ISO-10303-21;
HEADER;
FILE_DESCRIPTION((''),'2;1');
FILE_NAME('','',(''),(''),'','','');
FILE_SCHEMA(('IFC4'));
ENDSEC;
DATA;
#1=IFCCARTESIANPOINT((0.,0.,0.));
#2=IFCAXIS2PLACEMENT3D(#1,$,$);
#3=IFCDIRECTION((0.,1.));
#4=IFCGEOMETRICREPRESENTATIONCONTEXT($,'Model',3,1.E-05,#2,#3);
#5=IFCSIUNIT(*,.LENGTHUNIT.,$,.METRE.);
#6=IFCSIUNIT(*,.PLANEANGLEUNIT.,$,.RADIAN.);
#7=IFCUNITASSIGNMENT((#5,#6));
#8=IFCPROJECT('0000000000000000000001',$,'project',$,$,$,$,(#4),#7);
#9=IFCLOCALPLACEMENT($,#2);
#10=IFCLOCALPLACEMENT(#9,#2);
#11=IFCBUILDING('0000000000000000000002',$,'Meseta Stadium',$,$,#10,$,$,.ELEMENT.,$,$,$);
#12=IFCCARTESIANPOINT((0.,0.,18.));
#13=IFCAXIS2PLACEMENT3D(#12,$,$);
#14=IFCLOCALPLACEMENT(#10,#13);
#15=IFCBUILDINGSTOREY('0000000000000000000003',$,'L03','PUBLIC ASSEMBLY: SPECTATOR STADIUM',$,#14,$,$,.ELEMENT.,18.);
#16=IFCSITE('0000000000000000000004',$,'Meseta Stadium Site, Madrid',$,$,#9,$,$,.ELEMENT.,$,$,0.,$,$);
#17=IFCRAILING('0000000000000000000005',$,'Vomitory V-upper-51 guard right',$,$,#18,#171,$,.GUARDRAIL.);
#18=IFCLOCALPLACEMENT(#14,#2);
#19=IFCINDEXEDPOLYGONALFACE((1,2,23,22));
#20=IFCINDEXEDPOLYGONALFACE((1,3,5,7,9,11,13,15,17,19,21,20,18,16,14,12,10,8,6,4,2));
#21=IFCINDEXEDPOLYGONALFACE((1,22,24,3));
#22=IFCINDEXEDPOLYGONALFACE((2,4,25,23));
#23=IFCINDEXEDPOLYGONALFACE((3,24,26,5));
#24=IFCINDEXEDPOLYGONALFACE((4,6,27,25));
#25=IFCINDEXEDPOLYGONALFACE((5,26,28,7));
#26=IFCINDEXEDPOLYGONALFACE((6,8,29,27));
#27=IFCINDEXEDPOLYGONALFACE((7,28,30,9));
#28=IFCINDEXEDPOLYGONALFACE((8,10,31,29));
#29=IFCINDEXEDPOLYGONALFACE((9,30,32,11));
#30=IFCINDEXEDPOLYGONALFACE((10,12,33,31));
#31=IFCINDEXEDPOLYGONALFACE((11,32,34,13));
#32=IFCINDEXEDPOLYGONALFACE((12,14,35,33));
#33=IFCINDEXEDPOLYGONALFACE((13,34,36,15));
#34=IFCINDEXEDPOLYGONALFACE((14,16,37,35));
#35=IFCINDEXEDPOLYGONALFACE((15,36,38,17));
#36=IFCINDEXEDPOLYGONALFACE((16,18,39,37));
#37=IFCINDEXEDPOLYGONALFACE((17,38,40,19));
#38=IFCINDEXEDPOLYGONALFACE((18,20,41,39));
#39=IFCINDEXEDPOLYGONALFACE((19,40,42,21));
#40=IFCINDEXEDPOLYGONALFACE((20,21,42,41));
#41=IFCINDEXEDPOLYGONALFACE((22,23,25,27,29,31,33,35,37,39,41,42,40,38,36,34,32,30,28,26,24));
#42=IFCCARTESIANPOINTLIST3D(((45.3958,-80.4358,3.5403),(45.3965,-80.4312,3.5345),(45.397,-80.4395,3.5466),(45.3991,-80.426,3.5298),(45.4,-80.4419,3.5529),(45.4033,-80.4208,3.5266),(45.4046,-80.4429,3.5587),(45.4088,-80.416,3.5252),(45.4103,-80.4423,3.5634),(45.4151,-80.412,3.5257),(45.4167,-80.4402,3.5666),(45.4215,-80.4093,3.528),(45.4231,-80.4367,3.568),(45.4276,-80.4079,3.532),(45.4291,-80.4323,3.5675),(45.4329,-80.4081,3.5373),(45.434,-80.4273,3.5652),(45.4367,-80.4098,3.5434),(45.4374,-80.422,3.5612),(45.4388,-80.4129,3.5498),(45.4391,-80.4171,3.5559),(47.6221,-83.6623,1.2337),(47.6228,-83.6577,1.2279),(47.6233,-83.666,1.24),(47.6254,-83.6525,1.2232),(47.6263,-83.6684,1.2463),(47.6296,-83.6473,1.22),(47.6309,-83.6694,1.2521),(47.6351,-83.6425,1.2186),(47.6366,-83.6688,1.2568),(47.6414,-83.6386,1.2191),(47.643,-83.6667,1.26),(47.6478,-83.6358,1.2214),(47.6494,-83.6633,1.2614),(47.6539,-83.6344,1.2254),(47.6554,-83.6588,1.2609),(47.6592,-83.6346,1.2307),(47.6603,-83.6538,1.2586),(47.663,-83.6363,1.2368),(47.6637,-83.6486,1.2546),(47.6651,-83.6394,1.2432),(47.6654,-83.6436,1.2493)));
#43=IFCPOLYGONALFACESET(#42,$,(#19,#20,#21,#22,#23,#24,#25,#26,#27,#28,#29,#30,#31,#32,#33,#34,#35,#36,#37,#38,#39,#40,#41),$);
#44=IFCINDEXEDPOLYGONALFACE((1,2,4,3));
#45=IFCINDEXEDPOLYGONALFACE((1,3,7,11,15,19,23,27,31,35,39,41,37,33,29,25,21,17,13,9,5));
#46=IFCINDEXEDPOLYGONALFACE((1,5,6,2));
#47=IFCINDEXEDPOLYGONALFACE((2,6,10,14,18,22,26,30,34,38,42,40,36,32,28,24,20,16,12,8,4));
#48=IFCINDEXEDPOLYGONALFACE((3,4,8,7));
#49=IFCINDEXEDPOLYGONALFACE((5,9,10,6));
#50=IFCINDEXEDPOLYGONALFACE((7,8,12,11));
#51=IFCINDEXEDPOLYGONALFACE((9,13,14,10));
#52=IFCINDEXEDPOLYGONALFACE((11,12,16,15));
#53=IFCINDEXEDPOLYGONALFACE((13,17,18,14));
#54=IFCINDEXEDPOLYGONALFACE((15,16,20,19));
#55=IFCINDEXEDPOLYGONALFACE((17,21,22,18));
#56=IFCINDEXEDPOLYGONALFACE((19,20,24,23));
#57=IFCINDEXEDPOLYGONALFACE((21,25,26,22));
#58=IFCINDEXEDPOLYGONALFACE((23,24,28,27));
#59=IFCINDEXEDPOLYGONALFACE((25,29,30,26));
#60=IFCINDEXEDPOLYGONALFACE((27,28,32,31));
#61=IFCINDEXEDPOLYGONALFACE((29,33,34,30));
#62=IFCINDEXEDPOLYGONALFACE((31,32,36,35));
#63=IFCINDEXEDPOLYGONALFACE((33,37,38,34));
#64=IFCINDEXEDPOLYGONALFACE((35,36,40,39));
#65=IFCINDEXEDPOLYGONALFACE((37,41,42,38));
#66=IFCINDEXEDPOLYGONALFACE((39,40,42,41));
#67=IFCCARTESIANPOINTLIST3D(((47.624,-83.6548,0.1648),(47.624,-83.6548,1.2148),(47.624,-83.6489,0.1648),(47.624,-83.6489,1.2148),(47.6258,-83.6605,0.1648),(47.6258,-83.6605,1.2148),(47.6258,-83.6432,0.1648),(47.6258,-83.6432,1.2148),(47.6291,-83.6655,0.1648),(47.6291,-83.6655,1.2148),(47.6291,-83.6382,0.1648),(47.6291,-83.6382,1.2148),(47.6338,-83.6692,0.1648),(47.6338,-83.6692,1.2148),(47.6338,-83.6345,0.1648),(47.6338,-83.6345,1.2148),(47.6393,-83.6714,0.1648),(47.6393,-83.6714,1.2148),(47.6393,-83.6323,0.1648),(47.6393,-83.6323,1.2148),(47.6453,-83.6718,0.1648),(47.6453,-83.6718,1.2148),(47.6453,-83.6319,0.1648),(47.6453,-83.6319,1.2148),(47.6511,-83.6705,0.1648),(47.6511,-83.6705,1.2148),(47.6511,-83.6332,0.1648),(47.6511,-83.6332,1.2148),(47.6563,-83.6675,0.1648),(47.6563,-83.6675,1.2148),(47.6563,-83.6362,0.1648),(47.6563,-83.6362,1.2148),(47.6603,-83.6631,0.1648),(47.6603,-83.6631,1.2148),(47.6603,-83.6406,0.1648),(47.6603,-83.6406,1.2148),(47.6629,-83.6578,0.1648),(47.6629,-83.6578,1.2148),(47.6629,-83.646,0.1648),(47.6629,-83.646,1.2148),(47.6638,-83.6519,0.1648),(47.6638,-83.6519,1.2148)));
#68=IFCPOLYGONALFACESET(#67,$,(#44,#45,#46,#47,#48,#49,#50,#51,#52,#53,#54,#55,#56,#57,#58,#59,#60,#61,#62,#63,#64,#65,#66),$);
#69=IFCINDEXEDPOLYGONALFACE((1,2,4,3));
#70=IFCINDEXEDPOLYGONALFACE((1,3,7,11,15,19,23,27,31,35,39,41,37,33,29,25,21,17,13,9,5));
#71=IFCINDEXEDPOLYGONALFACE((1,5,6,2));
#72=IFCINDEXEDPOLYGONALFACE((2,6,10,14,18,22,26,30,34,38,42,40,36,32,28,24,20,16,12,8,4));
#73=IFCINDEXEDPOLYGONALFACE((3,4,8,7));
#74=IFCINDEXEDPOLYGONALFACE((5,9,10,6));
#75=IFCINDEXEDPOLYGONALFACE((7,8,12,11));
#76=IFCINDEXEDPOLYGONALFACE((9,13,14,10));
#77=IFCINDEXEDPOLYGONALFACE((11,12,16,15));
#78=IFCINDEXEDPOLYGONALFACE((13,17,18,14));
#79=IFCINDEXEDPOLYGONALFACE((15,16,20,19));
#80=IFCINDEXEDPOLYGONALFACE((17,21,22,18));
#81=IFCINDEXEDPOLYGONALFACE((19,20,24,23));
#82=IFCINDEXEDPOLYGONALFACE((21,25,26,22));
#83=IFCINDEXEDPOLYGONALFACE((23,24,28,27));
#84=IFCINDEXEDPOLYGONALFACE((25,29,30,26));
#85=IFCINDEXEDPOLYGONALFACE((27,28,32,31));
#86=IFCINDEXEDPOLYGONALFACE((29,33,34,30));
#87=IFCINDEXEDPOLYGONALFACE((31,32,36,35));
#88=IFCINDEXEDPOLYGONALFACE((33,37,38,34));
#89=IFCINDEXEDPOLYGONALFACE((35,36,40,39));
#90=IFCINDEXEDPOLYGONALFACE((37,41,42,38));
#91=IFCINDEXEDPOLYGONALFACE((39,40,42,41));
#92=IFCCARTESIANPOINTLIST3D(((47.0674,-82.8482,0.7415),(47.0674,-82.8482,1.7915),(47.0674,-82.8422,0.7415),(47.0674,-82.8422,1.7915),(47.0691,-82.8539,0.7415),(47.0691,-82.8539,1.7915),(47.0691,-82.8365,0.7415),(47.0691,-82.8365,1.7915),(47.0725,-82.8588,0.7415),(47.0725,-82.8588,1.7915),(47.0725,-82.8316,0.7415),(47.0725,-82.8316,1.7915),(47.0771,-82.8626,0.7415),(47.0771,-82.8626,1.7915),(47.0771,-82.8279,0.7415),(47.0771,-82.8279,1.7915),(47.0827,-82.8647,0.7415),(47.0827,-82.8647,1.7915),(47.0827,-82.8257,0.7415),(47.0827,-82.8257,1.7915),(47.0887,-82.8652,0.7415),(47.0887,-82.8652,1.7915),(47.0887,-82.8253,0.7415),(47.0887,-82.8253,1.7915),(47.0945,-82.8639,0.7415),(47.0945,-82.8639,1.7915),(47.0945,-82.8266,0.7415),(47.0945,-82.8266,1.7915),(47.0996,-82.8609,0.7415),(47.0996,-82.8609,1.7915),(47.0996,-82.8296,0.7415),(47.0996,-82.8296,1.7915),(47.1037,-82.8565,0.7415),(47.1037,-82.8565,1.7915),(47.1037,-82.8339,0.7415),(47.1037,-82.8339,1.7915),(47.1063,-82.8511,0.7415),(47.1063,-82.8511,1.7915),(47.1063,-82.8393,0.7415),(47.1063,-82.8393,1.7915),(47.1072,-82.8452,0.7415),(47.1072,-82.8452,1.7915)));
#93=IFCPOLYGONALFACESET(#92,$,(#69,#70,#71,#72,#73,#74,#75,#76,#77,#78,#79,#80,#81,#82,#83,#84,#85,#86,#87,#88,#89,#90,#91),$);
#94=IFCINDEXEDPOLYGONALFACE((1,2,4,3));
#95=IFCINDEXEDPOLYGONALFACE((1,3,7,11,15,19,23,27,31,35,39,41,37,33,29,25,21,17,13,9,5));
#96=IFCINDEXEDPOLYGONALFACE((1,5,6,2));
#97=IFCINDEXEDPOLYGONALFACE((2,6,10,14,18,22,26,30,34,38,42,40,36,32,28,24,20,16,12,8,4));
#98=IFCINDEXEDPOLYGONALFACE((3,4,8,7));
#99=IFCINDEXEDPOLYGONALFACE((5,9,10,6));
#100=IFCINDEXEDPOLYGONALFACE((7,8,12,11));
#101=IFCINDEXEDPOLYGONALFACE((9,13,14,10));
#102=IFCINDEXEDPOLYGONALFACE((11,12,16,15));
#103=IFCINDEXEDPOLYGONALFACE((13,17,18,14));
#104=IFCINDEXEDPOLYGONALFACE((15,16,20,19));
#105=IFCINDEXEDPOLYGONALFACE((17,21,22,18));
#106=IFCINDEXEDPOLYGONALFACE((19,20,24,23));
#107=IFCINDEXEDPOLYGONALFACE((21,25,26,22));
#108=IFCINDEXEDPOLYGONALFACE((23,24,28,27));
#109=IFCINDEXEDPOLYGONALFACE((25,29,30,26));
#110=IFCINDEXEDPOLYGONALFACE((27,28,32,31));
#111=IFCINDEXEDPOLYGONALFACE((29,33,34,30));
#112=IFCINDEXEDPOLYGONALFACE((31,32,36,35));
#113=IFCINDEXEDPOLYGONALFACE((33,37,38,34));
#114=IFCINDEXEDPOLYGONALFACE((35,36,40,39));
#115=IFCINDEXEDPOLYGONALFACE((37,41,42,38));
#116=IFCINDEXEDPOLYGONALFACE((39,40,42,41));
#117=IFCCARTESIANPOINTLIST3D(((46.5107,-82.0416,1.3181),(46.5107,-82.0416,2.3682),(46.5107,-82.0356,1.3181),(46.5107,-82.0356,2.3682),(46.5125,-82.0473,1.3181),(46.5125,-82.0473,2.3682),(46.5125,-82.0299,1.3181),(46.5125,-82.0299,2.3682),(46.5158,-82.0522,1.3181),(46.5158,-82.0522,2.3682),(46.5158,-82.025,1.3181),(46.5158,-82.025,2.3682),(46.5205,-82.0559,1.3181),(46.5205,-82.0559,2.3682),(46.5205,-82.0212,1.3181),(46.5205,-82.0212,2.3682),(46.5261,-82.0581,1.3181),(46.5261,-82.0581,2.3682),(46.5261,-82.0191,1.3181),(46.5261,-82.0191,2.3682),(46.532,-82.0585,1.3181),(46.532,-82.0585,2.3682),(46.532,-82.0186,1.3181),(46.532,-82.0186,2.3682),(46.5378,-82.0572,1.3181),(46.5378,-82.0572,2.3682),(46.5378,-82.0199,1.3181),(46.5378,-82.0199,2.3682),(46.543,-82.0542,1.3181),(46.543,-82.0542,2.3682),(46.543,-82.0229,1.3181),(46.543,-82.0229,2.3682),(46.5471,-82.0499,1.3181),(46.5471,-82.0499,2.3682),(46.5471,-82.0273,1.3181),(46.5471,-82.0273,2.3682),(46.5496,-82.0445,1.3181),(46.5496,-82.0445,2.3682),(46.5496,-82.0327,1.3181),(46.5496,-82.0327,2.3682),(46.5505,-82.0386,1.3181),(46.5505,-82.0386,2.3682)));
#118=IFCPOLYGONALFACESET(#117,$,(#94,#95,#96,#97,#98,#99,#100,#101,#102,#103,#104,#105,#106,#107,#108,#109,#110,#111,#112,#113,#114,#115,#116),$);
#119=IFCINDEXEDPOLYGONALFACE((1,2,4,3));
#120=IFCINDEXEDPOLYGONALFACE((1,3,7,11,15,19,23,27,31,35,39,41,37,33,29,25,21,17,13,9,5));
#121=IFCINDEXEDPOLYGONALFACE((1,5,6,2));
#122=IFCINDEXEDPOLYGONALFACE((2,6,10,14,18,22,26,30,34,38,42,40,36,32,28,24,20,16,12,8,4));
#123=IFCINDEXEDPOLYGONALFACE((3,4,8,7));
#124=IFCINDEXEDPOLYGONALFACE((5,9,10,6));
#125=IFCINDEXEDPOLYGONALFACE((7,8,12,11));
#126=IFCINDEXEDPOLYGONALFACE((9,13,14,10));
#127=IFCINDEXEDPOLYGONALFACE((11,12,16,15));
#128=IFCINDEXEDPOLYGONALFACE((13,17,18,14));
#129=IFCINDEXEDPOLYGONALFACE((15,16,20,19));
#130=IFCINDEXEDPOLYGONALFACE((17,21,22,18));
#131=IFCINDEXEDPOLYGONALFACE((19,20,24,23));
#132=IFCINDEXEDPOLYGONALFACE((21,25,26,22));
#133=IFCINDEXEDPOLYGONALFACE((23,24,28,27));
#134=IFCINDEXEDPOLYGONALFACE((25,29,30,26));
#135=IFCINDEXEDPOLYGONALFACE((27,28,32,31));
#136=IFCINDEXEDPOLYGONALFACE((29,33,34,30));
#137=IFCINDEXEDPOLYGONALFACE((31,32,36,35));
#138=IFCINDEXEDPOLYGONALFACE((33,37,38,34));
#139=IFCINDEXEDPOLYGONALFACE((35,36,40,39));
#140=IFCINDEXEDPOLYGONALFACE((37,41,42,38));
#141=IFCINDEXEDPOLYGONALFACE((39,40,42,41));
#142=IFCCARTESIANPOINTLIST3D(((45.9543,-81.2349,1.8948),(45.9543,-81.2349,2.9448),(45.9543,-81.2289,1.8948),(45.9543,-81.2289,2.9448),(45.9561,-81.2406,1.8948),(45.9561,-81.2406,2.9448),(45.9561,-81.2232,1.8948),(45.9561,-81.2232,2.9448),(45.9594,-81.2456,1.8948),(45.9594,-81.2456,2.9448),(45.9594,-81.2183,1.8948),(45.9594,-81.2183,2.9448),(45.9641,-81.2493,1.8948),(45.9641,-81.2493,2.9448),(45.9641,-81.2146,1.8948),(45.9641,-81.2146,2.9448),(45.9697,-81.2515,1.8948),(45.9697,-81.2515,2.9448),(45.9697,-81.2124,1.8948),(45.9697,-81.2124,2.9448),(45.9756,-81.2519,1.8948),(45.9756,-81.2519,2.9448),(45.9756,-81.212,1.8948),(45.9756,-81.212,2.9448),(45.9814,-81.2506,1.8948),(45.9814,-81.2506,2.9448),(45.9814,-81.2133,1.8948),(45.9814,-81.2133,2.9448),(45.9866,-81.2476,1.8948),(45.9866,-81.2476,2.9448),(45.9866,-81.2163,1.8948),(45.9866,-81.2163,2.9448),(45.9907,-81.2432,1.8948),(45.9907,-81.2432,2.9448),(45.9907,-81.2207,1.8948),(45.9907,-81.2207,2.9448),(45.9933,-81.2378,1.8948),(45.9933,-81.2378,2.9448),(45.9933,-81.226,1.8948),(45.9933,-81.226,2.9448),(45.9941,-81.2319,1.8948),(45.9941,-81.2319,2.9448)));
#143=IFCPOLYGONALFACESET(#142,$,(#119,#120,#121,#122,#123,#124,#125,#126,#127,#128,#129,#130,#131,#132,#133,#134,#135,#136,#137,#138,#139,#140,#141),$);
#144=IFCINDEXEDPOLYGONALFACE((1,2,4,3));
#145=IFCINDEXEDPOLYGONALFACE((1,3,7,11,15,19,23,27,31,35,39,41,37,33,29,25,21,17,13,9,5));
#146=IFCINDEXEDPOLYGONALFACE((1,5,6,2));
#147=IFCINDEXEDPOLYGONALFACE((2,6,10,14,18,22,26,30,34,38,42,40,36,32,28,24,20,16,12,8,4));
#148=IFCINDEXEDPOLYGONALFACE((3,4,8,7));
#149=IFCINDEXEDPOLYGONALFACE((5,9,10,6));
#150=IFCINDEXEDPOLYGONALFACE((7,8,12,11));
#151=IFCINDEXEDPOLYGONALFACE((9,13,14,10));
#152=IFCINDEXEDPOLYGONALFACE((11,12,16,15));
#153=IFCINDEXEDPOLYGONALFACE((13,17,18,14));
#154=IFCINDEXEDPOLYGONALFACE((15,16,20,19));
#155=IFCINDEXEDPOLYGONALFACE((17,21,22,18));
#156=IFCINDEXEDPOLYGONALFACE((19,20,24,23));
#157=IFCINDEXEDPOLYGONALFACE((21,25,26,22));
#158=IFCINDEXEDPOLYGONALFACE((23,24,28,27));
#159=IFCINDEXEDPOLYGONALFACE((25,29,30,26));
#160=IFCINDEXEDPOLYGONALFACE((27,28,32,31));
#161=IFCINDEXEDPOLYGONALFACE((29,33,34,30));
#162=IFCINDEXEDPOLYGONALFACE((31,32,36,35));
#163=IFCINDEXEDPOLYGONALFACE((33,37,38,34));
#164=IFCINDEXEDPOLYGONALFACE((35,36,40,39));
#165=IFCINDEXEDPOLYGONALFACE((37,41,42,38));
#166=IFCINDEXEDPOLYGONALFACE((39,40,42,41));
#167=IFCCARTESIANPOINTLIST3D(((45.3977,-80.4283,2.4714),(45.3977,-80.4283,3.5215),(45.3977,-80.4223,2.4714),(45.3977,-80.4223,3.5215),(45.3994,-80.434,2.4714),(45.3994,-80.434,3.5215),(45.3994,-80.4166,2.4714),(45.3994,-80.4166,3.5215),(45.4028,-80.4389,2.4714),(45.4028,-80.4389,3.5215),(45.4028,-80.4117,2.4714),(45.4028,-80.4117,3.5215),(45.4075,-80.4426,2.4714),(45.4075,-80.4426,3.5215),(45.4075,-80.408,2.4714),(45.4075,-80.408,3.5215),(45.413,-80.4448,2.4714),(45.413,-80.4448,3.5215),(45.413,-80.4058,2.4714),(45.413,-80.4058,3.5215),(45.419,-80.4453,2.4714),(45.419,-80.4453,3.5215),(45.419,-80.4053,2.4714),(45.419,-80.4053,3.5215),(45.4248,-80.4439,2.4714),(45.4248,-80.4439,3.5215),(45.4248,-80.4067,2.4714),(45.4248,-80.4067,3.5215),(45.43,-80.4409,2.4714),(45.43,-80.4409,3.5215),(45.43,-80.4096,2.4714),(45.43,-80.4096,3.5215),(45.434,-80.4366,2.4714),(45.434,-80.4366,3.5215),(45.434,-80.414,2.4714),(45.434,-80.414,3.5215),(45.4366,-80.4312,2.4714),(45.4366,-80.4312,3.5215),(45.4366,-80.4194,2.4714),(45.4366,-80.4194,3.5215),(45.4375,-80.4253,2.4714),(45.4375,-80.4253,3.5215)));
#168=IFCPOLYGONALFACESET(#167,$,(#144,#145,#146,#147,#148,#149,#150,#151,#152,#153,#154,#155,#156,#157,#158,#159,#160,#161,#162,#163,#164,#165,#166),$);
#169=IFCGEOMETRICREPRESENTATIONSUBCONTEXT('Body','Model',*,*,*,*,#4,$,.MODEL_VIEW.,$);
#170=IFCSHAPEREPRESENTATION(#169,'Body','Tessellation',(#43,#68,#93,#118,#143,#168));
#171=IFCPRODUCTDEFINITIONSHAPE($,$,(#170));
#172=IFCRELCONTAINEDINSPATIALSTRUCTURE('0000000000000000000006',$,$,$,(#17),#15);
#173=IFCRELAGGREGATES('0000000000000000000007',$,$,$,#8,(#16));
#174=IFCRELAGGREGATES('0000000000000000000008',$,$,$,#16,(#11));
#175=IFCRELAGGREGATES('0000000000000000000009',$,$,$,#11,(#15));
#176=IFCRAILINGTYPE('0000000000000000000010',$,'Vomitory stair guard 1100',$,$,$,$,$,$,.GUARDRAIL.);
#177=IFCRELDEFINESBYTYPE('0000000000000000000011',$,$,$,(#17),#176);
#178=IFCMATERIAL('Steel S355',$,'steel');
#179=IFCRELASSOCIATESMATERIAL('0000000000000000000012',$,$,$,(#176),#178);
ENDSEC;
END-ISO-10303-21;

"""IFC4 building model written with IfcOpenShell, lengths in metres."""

from ifc_helpers import new_model, si_unit, direction, frame, origin, origin_2d, place, context, subcontext, project, spatial, circle, extrude, material, type_object, element, save


model = new_model("IFC4")

# Units and contexts
model_context = context("Model", 3, precision=1e-05, world=origin(), true_north=direction((0.0, 1.0)))
body_context = subcontext(model_context, "Body", "Model", "MODEL_VIEW")
ifc_project = project(units=[si_unit("LENGTHUNIT", "METRE"), si_unit("PLANEANGLEUNIT", "RADIAN")], contexts=[model_context])

# Site, building, storey
site_placement = place(None, origin())
site = spatial("IfcSite", under=ifc_project, at=site_placement, Name="Meseta Stadium Site, Madrid", CompositionType="ELEMENT", RefElevation=0.0)
building_placement = place(site_placement, origin())
building = spatial("IfcBuilding", under=site, at=building_placement, Name="Meseta Stadium", CompositionType="ELEMENT")
storey_placement = place(building_placement, frame((0.0, 0.0, 18.0)))
storey = spatial("IfcBuildingStorey", under=building, at=storey_placement, Name="L03", Description="PUBLIC ASSEMBLY: SPECTATOR STADIUM", CompositionType="ELEMENT", Elevation=18.0)

# Railing
ifc_material_1 = material(Name="Steel S355", Category="steel")
railing_type_1 = type_object("IfcRailingType", Name="Vomitory stair guard 1100", PredefinedType="GUARDRAIL", material=ifc_material_1)
for number, where, name in (
    (1, (47.6438, -83.6519, 0.1648), "Vomitory V-upper-51 guard right"),
):
    element("IfcRailing", number, at=place(storey_placement, frame(where)), inside=storey, type_object=railing_type_1, Name=name, PredefinedType="GUARDRAIL", context=body_context, shape_type="SweptSolid", body=[
        extrude(circle(Radius=0.0249, at=origin_2d()), frame((0.0, 0.0, 1.0752), z_axis=(-0.489475, 0.709387, 0.507134), x_axis=(-0.823081, -0.567924, 0.0)), (0.0, 0.0, 1.0), 4.5483),
        extrude(circle(Radius=0.02, at=origin_2d()), origin(), (0.0, 0.0, 1.0), 1.05),
        extrude(circle(Radius=0.02, at=origin_2d()), frame((-0.5566, 0.8066, 0.5767)), (0.0, 0.0, 1.0), 1.05),
        extrude(circle(Radius=0.02, at=origin_2d()), frame((-1.1133, 1.6133, 1.1533)), (0.0, 0.0, 1.0), 1.05),
        extrude(circle(Radius=0.02, at=origin_2d()), frame((-1.6697, 2.4199, 1.73)), (0.0, 0.0, 1.0), 1.05),
        extrude(circle(Radius=0.02, at=origin_2d()), frame((-2.2263, 3.2266, 2.3066)), (0.0, 0.0, 1.0), 1.05),
    ])

save(model, "model.ifc")
